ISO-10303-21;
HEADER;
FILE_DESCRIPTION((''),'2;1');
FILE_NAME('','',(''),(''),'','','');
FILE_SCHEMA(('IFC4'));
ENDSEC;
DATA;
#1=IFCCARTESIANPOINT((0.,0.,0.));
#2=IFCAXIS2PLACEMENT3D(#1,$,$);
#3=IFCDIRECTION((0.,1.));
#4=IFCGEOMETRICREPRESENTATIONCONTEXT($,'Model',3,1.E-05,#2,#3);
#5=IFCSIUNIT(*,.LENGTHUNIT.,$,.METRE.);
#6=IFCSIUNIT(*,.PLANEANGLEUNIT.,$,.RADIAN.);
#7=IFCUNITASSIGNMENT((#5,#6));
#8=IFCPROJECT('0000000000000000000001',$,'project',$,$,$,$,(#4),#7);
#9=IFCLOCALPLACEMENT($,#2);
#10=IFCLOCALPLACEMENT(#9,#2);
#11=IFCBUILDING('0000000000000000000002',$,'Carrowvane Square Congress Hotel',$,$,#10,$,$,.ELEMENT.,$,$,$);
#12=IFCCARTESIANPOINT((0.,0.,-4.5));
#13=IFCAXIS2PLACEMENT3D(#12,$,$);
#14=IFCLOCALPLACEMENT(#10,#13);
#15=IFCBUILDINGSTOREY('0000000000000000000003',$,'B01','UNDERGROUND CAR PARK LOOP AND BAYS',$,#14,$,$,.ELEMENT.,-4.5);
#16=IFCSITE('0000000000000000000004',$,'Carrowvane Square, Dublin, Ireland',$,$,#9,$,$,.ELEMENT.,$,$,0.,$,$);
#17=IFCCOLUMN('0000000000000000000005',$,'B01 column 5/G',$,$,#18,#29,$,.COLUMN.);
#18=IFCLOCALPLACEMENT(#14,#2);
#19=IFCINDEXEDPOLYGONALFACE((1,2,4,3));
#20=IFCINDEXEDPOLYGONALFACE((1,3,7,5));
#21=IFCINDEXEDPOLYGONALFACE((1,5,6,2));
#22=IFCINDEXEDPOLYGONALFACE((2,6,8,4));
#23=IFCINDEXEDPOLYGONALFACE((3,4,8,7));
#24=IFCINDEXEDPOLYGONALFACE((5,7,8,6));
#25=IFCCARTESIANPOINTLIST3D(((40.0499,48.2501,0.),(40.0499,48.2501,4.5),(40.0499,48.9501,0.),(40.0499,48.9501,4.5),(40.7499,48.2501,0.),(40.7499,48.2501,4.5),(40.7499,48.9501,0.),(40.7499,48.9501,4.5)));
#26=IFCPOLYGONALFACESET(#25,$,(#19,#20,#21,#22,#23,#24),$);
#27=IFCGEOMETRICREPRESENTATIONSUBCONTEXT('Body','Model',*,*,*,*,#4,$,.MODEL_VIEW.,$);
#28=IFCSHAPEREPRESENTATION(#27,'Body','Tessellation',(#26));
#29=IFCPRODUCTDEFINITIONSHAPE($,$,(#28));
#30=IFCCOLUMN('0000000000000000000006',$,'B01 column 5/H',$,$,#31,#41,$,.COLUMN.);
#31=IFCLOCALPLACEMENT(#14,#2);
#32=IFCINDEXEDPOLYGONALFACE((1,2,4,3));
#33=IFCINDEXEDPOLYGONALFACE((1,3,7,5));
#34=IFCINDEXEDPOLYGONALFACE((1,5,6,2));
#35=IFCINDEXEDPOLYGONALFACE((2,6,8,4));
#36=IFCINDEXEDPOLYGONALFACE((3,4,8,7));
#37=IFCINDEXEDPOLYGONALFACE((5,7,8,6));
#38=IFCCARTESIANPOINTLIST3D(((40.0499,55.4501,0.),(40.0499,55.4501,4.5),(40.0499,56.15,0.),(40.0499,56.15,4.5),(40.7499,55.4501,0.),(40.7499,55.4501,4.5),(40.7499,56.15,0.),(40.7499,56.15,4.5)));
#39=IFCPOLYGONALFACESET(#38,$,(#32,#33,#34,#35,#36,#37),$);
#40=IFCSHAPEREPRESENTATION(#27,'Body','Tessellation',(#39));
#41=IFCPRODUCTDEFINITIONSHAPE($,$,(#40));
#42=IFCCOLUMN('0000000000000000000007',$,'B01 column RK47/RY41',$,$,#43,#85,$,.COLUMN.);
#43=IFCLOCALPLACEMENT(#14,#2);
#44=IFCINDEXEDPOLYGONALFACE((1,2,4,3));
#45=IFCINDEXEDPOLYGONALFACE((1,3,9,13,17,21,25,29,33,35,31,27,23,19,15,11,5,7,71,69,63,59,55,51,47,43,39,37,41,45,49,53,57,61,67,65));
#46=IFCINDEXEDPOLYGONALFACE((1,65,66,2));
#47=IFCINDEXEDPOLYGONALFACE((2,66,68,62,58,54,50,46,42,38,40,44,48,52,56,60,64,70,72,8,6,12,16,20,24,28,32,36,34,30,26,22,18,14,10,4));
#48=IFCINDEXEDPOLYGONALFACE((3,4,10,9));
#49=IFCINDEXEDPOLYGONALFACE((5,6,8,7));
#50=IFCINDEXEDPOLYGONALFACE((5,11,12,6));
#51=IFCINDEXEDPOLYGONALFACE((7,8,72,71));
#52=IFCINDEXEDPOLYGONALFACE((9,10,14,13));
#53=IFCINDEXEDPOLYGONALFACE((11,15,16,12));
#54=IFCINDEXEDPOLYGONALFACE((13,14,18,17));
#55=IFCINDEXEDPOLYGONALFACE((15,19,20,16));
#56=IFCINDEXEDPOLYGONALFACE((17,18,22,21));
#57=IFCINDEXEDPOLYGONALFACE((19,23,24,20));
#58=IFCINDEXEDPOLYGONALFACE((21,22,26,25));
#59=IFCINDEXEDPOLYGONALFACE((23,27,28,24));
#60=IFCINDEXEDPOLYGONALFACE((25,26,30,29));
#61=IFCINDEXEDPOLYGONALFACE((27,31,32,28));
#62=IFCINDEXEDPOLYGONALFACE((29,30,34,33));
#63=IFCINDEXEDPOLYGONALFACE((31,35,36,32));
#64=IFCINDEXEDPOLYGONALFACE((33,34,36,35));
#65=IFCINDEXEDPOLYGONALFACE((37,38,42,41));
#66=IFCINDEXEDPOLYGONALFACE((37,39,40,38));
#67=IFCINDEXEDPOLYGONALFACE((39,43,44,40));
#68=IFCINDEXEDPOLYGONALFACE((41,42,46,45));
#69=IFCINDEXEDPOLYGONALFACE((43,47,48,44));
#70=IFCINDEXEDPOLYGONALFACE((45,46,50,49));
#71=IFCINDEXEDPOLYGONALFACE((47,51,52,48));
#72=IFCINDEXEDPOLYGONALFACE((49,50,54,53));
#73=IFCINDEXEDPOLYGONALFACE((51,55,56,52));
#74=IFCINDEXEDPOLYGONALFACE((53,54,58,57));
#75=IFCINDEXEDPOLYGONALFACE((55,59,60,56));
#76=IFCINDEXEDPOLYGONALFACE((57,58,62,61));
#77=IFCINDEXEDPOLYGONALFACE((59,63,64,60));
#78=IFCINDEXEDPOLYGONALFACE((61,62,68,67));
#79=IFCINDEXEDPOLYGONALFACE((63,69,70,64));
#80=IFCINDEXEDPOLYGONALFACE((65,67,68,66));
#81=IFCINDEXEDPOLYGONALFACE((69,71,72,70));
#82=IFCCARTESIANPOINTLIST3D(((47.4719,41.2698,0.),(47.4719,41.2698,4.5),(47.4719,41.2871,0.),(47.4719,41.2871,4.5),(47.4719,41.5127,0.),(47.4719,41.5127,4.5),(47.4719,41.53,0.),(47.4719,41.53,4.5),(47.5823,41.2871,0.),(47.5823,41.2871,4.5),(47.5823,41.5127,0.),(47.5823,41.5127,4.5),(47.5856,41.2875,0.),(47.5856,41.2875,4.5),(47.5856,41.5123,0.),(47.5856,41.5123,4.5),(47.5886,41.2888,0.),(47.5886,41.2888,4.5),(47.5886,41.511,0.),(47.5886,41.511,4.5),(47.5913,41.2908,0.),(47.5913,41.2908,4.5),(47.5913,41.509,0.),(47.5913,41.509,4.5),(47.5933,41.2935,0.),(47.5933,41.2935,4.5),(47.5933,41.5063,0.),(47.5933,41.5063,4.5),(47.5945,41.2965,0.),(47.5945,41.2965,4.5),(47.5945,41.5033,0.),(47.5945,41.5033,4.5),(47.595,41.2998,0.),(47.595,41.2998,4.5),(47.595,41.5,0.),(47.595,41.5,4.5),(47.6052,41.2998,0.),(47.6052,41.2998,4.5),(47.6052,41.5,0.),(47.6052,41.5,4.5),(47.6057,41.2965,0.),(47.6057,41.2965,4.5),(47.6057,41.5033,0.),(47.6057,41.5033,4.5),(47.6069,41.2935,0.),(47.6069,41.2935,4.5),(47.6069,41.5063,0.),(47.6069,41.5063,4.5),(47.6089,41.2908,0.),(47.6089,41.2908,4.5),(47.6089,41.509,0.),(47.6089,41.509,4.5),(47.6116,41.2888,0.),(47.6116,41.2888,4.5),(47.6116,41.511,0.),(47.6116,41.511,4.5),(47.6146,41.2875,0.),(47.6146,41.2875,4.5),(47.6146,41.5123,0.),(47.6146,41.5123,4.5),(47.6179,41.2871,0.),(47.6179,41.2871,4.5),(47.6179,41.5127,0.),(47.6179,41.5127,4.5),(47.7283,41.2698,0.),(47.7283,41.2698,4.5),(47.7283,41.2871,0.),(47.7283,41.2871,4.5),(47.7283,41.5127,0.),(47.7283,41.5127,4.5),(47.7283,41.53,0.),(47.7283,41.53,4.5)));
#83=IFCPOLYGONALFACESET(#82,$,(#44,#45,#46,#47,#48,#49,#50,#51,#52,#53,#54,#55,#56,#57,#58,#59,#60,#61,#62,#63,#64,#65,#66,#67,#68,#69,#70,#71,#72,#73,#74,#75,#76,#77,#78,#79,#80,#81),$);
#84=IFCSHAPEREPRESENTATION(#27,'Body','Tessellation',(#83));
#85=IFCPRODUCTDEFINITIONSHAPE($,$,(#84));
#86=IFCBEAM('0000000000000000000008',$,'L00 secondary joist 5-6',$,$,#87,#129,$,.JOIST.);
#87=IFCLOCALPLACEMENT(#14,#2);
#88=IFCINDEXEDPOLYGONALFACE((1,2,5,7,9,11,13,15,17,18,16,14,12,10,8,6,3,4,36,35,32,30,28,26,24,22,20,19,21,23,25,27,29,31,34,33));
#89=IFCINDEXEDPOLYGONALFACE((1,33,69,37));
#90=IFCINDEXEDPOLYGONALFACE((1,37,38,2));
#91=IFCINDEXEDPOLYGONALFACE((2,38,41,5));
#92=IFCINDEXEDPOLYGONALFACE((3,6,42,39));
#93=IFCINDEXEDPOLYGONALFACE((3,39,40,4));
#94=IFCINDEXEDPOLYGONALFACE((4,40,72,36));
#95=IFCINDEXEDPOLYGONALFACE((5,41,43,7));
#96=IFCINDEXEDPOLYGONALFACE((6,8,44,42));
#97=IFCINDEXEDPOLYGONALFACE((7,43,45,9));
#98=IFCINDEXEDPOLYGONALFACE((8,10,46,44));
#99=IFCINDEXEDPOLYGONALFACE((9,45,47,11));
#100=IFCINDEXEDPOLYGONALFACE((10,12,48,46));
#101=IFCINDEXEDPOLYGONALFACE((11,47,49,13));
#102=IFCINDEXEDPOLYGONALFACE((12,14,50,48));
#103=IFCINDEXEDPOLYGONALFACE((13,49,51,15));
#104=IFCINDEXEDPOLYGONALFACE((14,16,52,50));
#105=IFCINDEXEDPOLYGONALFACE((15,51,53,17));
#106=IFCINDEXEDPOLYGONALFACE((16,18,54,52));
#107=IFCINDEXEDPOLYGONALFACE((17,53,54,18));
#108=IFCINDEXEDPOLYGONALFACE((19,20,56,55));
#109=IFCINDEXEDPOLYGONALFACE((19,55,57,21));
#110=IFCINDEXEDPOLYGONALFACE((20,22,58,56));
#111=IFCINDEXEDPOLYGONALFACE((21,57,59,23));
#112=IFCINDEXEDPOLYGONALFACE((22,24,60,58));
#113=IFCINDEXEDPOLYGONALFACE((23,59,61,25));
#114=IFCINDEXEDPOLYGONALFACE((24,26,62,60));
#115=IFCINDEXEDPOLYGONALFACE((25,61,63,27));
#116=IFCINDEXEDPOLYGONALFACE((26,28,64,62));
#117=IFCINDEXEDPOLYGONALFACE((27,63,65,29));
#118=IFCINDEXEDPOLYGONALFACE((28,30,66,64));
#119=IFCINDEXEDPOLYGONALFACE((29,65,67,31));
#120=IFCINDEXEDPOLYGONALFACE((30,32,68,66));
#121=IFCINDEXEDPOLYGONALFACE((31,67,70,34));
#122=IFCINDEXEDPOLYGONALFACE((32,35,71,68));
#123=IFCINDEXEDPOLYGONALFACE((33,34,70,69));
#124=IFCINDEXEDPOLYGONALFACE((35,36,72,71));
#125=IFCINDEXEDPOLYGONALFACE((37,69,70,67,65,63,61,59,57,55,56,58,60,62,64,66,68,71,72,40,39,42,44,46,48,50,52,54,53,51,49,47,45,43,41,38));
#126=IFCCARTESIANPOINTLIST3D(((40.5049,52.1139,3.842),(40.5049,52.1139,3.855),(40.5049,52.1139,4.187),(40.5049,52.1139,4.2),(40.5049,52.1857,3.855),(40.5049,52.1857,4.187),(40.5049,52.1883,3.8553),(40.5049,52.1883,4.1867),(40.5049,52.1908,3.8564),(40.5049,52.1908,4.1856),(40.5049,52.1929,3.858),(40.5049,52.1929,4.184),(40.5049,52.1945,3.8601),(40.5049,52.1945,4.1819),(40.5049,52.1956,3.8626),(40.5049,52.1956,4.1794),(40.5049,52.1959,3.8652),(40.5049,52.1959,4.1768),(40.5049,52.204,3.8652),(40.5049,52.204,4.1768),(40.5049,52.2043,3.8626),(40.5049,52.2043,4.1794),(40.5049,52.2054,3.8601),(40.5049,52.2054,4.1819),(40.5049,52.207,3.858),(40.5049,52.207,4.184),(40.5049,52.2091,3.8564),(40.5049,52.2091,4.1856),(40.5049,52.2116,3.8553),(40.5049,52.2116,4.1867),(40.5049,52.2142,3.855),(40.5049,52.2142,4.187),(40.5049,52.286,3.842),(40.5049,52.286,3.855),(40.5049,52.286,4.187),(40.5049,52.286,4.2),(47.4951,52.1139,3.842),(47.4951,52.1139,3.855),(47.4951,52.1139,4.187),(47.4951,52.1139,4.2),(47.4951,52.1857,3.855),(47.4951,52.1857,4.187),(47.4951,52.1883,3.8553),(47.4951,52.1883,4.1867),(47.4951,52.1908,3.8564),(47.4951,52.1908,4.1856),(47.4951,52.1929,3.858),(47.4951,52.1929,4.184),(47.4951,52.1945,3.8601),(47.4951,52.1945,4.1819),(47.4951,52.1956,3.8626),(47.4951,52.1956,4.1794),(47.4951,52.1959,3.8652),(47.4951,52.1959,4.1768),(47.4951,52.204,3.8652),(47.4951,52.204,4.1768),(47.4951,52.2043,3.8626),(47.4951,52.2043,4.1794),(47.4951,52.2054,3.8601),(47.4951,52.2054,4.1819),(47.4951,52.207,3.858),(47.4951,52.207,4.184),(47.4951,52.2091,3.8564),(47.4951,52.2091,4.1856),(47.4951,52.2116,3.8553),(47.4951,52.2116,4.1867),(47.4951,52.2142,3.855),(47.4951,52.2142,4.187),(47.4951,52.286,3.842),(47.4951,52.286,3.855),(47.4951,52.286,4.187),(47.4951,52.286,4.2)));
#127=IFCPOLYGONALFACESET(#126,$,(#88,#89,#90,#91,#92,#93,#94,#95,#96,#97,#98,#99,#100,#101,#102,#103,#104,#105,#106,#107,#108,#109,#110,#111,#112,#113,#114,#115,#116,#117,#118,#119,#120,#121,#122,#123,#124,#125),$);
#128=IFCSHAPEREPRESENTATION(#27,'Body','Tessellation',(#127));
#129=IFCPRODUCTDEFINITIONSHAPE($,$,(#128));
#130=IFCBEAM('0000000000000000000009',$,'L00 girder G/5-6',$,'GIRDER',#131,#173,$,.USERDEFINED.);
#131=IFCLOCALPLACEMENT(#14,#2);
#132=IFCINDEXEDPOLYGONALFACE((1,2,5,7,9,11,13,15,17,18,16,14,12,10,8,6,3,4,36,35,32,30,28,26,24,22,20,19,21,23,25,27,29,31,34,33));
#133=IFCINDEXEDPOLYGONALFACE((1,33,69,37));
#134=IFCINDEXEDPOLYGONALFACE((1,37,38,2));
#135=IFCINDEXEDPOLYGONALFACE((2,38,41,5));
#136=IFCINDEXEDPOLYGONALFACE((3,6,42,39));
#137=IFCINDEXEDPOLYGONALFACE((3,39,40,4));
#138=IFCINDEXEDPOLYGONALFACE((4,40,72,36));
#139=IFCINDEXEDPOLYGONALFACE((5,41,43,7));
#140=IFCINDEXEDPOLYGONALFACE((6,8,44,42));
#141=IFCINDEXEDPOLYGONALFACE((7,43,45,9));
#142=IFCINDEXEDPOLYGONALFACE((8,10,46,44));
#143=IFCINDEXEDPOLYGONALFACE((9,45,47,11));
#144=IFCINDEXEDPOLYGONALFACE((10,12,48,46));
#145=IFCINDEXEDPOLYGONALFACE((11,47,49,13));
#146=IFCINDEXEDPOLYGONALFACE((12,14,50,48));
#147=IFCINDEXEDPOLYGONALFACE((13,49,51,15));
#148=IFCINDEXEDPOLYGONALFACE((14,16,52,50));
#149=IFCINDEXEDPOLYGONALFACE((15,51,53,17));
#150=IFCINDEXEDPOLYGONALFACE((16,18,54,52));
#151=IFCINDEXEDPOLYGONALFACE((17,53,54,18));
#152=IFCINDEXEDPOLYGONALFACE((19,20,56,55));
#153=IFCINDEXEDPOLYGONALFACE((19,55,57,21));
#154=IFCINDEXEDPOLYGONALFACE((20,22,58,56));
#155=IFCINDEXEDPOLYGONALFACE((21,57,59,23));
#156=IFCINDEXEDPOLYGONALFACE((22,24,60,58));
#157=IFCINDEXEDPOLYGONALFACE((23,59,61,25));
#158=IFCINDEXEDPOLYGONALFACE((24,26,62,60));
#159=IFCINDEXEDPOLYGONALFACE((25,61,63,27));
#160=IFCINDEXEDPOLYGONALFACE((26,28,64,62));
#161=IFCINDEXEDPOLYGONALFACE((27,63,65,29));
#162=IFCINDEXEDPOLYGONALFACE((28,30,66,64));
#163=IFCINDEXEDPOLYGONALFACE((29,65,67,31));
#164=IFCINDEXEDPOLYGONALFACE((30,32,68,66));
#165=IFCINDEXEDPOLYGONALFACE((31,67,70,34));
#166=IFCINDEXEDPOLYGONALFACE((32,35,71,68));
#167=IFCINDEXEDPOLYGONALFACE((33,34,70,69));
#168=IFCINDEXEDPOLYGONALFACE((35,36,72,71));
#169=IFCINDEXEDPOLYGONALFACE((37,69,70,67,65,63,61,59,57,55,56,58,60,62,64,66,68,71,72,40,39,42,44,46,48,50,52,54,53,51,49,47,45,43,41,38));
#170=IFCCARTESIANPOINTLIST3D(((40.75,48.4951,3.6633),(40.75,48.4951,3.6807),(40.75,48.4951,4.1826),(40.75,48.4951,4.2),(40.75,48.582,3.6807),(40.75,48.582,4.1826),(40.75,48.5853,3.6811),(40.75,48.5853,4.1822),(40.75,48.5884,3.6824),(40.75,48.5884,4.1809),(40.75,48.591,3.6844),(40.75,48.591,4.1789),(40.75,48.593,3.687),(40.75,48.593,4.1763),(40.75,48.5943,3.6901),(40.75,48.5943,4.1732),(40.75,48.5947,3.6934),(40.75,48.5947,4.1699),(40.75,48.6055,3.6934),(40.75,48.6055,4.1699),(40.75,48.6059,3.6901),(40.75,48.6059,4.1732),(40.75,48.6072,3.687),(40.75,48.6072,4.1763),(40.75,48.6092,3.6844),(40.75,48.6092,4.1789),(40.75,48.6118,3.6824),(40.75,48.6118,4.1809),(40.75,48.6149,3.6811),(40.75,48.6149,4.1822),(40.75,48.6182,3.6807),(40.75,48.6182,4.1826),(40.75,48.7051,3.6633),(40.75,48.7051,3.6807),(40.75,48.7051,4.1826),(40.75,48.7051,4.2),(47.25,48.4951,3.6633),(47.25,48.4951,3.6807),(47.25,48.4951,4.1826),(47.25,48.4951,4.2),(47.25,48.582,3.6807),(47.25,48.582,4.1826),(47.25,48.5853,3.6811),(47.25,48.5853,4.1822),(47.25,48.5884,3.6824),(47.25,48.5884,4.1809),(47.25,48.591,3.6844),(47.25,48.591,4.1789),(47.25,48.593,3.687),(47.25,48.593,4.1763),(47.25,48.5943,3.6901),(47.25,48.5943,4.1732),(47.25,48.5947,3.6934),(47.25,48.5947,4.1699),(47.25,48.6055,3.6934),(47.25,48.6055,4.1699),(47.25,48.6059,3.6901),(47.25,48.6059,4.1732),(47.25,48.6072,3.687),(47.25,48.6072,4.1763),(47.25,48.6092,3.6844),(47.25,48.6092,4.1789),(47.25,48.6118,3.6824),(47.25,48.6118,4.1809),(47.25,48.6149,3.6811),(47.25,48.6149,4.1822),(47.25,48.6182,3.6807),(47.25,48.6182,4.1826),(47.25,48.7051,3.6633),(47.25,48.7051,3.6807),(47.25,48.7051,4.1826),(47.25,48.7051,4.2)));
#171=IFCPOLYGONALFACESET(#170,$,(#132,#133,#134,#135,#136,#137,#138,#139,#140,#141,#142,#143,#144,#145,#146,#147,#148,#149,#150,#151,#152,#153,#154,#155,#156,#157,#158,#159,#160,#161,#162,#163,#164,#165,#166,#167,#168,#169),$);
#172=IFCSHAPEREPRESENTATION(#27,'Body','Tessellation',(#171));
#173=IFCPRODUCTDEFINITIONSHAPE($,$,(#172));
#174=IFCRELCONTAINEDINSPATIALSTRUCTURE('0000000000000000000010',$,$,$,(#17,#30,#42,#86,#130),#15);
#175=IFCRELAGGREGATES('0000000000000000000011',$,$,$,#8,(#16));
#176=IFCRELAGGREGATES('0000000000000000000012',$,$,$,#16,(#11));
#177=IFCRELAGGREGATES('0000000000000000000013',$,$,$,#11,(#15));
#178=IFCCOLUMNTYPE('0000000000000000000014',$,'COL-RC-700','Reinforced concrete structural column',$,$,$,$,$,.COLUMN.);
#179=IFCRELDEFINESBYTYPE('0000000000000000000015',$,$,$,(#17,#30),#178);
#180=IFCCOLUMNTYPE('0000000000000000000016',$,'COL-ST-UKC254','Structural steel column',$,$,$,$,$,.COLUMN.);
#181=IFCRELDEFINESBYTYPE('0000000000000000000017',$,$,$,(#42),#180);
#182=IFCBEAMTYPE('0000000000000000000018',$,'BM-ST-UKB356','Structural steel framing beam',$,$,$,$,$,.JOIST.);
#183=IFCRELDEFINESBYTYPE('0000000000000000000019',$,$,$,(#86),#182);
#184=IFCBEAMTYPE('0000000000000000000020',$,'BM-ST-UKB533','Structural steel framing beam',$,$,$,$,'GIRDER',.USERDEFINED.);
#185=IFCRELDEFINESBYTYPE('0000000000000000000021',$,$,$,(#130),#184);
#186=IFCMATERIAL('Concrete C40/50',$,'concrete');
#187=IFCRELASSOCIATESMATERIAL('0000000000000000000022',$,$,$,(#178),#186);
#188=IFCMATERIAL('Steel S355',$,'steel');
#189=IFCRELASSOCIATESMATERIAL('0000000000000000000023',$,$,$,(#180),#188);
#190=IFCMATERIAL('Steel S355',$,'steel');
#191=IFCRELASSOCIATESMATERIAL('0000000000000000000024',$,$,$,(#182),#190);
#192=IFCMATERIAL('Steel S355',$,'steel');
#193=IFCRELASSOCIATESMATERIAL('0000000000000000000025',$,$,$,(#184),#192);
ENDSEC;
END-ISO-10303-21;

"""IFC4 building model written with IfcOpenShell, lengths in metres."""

from ifc_helpers import new_model, si_unit, direction, frame, origin, origin_2d, place, context, subcontext, project, spatial, rectangle, i_section, extrude, material, material_profile, profile_set, type_object, element, save


model = new_model("IFC4")

# Units and contexts
model_context = context("Model", 3, precision=1e-05, world=origin(), true_north=direction((0.0, 1.0)))
body_context = subcontext(model_context, "Body", "Model", "MODEL_VIEW")
ifc_project = project(units=[si_unit("LENGTHUNIT", "METRE"), si_unit("PLANEANGLEUNIT", "RADIAN")], contexts=[model_context])

# Site, building, storey
site_placement = place(None, origin())
site = spatial("IfcSite", under=ifc_project, at=site_placement, Name="Carrowvane Square, Dublin, Ireland", CompositionType="ELEMENT", RefElevation=0.0)
building_placement = place(site_placement, origin())
building = spatial("IfcBuilding", under=site, at=building_placement, Name="Carrowvane Square Congress Hotel", CompositionType="ELEMENT")
storey_placement = place(building_placement, frame((0.0, 0.0, -4.5)))
storey = spatial("IfcBuildingStorey", under=building, at=storey_placement, Name="B01", Description="UNDERGROUND CAR PARK LOOP AND BAYS", CompositionType="ELEMENT", Elevation=-4.5)

# Columns
ifc_material_1 = material(Name="Concrete C40/50", Category="concrete")
ifc_material_profile_1 = material_profile(ifc_material_1, rectangle(XDim=0.7, YDim=0.7, at=origin_2d()), Name="RC 700x700")
ifc_profile_set_1 = profile_set([ifc_material_profile_1], Name="Concrete C40/50")
column_type_1 = type_object("IfcColumnType", Name="COL-RC-700", Description="Reinforced concrete structural column", PredefinedType="COLUMN", material=ifc_profile_set_1)
for number, where, z_axis, x_axis, name in (
    (1, (40.3999, 48.6001, 0.0), (0.0, 0.0, 1.0), (1.0, 0.0, 0.0), "B01 column 5/G"),
    (2, (40.3999, 55.8, 0.0), (0.0, 0.0, 1.0), (1.0, 0.0, 0.0), "B01 column 5/H"),
):
    element("IfcColumn", number, at=place(storey_placement, frame(where, z_axis=z_axis, x_axis=x_axis)), inside=storey, type_object=column_type_1, Name=name, PredefinedType="COLUMN", context=body_context, shape_type="SweptSolid", body=[
        extrude(rectangle(XDim=0.7, YDim=0.7, at=origin_2d()), origin(), (0.0, 0.0, 1.0), 4.5),
    ])
ifc_material_2 = material(Name="Steel S355", Category="steel")
ifc_material_profile_2 = material_profile(ifc_material_2, i_section(OverallWidth=0.2563, OverallDepth=0.2603, WebThickness=0.0103, FlangeThickness=0.0173, FilletRadius=0.0127, at=origin_2d()), Name="UKC 254x254x89")
ifc_profile_set_2 = profile_set([ifc_material_profile_2], Name="Steel S355")
column_type_2 = type_object("IfcColumnType", Name="COL-ST-UKC254", Description="Structural steel column", PredefinedType="COLUMN", material=ifc_profile_set_2)
column_placement = place(storey_placement, frame((47.6001, 41.3999, 0.0), z_axis=(0.0, 0.0, 1.0), x_axis=(1.0, 0.0, 0.0)))
element("IfcColumn", 3, at=column_placement, inside=storey, type_object=column_type_2, Name="B01 column RK47/RY41", PredefinedType="COLUMN", context=body_context, shape_type="SweptSolid", body=[
    extrude(i_section(OverallWidth=0.2563, OverallDepth=0.2603, WebThickness=0.0103, FlangeThickness=0.0173, FilletRadius=0.0127, at=origin_2d()), origin(), (0.0, 0.0, 1.0), 4.5),
])

# Beams
ifc_material_3 = material(Name="Steel S355", Category="steel")
ifc_material_profile_3 = material_profile(ifc_material_3, i_section(OverallWidth=0.1721, OverallDepth=0.3579, WebThickness=0.0081, FlangeThickness=0.0129, FilletRadius=0.0103, at=origin_2d()), Name="UKB 356x171x57")
ifc_profile_set_3 = profile_set([ifc_material_profile_3], Name="Steel S355")
beam_type_1 = type_object("IfcBeamType", Name="BM-ST-UKB356", Description="Structural steel framing beam", PredefinedType="JOIST", material=ifc_profile_set_3)
beam_placement = place(storey_placement, frame((40.5049, 52.2, 4.021), z_axis=(1.0, 0.0, 0.0), x_axis=(0.0, 1.0, 0.0)))
element("IfcBeam", 4, at=beam_placement, inside=storey, type_object=beam_type_1, Name="L00 secondary joist 5-6", PredefinedType="JOIST", context=body_context, shape_type="SweptSolid", body=[
    extrude(i_section(OverallWidth=0.1721, OverallDepth=0.3579, WebThickness=0.0081, FlangeThickness=0.0129, FilletRadius=0.0103, at=origin_2d()), origin(), (0.0, 0.0, 1.0), 6.9902),
])
ifc_material_4 = material(Name="Steel S355", Category="steel")
ifc_material_profile_4 = material_profile(ifc_material_4, i_section(OverallWidth=0.21, OverallDepth=0.5366, WebThickness=0.0107, FlangeThickness=0.0173, FilletRadius=0.0127, at=origin_2d()), Name="UKB 533x210x101")
ifc_profile_set_4 = profile_set([ifc_material_profile_4], Name="Steel S355")
beam_type_2 = type_object("IfcBeamType", Name="BM-ST-UKB533", Description="Structural steel framing beam", ElementType="GIRDER", PredefinedType="USERDEFINED", material=ifc_profile_set_4)
for number, where, z_axis, x_axis, name in (
    (5, (40.75, 48.6001, 3.9316), (1.0, 0.0, 0.0), (0.0, 1.0, 0.0), "L00 girder G/5-6"),
):
    element("IfcBeam", number, at=place(storey_placement, frame(where, z_axis=z_axis, x_axis=x_axis)), inside=storey, type_object=beam_type_2, Name=name, ObjectType="GIRDER", PredefinedType="USERDEFINED", context=body_context, shape_type="SweptSolid", body=[
        extrude(i_section(OverallWidth=0.21, OverallDepth=0.5366, WebThickness=0.0107, FlangeThickness=0.0173, FilletRadius=0.0127, at=origin_2d()), origin(), (0.0, 0.0, 1.0), 6.5),
    ])

save(model, "model.ifc")
